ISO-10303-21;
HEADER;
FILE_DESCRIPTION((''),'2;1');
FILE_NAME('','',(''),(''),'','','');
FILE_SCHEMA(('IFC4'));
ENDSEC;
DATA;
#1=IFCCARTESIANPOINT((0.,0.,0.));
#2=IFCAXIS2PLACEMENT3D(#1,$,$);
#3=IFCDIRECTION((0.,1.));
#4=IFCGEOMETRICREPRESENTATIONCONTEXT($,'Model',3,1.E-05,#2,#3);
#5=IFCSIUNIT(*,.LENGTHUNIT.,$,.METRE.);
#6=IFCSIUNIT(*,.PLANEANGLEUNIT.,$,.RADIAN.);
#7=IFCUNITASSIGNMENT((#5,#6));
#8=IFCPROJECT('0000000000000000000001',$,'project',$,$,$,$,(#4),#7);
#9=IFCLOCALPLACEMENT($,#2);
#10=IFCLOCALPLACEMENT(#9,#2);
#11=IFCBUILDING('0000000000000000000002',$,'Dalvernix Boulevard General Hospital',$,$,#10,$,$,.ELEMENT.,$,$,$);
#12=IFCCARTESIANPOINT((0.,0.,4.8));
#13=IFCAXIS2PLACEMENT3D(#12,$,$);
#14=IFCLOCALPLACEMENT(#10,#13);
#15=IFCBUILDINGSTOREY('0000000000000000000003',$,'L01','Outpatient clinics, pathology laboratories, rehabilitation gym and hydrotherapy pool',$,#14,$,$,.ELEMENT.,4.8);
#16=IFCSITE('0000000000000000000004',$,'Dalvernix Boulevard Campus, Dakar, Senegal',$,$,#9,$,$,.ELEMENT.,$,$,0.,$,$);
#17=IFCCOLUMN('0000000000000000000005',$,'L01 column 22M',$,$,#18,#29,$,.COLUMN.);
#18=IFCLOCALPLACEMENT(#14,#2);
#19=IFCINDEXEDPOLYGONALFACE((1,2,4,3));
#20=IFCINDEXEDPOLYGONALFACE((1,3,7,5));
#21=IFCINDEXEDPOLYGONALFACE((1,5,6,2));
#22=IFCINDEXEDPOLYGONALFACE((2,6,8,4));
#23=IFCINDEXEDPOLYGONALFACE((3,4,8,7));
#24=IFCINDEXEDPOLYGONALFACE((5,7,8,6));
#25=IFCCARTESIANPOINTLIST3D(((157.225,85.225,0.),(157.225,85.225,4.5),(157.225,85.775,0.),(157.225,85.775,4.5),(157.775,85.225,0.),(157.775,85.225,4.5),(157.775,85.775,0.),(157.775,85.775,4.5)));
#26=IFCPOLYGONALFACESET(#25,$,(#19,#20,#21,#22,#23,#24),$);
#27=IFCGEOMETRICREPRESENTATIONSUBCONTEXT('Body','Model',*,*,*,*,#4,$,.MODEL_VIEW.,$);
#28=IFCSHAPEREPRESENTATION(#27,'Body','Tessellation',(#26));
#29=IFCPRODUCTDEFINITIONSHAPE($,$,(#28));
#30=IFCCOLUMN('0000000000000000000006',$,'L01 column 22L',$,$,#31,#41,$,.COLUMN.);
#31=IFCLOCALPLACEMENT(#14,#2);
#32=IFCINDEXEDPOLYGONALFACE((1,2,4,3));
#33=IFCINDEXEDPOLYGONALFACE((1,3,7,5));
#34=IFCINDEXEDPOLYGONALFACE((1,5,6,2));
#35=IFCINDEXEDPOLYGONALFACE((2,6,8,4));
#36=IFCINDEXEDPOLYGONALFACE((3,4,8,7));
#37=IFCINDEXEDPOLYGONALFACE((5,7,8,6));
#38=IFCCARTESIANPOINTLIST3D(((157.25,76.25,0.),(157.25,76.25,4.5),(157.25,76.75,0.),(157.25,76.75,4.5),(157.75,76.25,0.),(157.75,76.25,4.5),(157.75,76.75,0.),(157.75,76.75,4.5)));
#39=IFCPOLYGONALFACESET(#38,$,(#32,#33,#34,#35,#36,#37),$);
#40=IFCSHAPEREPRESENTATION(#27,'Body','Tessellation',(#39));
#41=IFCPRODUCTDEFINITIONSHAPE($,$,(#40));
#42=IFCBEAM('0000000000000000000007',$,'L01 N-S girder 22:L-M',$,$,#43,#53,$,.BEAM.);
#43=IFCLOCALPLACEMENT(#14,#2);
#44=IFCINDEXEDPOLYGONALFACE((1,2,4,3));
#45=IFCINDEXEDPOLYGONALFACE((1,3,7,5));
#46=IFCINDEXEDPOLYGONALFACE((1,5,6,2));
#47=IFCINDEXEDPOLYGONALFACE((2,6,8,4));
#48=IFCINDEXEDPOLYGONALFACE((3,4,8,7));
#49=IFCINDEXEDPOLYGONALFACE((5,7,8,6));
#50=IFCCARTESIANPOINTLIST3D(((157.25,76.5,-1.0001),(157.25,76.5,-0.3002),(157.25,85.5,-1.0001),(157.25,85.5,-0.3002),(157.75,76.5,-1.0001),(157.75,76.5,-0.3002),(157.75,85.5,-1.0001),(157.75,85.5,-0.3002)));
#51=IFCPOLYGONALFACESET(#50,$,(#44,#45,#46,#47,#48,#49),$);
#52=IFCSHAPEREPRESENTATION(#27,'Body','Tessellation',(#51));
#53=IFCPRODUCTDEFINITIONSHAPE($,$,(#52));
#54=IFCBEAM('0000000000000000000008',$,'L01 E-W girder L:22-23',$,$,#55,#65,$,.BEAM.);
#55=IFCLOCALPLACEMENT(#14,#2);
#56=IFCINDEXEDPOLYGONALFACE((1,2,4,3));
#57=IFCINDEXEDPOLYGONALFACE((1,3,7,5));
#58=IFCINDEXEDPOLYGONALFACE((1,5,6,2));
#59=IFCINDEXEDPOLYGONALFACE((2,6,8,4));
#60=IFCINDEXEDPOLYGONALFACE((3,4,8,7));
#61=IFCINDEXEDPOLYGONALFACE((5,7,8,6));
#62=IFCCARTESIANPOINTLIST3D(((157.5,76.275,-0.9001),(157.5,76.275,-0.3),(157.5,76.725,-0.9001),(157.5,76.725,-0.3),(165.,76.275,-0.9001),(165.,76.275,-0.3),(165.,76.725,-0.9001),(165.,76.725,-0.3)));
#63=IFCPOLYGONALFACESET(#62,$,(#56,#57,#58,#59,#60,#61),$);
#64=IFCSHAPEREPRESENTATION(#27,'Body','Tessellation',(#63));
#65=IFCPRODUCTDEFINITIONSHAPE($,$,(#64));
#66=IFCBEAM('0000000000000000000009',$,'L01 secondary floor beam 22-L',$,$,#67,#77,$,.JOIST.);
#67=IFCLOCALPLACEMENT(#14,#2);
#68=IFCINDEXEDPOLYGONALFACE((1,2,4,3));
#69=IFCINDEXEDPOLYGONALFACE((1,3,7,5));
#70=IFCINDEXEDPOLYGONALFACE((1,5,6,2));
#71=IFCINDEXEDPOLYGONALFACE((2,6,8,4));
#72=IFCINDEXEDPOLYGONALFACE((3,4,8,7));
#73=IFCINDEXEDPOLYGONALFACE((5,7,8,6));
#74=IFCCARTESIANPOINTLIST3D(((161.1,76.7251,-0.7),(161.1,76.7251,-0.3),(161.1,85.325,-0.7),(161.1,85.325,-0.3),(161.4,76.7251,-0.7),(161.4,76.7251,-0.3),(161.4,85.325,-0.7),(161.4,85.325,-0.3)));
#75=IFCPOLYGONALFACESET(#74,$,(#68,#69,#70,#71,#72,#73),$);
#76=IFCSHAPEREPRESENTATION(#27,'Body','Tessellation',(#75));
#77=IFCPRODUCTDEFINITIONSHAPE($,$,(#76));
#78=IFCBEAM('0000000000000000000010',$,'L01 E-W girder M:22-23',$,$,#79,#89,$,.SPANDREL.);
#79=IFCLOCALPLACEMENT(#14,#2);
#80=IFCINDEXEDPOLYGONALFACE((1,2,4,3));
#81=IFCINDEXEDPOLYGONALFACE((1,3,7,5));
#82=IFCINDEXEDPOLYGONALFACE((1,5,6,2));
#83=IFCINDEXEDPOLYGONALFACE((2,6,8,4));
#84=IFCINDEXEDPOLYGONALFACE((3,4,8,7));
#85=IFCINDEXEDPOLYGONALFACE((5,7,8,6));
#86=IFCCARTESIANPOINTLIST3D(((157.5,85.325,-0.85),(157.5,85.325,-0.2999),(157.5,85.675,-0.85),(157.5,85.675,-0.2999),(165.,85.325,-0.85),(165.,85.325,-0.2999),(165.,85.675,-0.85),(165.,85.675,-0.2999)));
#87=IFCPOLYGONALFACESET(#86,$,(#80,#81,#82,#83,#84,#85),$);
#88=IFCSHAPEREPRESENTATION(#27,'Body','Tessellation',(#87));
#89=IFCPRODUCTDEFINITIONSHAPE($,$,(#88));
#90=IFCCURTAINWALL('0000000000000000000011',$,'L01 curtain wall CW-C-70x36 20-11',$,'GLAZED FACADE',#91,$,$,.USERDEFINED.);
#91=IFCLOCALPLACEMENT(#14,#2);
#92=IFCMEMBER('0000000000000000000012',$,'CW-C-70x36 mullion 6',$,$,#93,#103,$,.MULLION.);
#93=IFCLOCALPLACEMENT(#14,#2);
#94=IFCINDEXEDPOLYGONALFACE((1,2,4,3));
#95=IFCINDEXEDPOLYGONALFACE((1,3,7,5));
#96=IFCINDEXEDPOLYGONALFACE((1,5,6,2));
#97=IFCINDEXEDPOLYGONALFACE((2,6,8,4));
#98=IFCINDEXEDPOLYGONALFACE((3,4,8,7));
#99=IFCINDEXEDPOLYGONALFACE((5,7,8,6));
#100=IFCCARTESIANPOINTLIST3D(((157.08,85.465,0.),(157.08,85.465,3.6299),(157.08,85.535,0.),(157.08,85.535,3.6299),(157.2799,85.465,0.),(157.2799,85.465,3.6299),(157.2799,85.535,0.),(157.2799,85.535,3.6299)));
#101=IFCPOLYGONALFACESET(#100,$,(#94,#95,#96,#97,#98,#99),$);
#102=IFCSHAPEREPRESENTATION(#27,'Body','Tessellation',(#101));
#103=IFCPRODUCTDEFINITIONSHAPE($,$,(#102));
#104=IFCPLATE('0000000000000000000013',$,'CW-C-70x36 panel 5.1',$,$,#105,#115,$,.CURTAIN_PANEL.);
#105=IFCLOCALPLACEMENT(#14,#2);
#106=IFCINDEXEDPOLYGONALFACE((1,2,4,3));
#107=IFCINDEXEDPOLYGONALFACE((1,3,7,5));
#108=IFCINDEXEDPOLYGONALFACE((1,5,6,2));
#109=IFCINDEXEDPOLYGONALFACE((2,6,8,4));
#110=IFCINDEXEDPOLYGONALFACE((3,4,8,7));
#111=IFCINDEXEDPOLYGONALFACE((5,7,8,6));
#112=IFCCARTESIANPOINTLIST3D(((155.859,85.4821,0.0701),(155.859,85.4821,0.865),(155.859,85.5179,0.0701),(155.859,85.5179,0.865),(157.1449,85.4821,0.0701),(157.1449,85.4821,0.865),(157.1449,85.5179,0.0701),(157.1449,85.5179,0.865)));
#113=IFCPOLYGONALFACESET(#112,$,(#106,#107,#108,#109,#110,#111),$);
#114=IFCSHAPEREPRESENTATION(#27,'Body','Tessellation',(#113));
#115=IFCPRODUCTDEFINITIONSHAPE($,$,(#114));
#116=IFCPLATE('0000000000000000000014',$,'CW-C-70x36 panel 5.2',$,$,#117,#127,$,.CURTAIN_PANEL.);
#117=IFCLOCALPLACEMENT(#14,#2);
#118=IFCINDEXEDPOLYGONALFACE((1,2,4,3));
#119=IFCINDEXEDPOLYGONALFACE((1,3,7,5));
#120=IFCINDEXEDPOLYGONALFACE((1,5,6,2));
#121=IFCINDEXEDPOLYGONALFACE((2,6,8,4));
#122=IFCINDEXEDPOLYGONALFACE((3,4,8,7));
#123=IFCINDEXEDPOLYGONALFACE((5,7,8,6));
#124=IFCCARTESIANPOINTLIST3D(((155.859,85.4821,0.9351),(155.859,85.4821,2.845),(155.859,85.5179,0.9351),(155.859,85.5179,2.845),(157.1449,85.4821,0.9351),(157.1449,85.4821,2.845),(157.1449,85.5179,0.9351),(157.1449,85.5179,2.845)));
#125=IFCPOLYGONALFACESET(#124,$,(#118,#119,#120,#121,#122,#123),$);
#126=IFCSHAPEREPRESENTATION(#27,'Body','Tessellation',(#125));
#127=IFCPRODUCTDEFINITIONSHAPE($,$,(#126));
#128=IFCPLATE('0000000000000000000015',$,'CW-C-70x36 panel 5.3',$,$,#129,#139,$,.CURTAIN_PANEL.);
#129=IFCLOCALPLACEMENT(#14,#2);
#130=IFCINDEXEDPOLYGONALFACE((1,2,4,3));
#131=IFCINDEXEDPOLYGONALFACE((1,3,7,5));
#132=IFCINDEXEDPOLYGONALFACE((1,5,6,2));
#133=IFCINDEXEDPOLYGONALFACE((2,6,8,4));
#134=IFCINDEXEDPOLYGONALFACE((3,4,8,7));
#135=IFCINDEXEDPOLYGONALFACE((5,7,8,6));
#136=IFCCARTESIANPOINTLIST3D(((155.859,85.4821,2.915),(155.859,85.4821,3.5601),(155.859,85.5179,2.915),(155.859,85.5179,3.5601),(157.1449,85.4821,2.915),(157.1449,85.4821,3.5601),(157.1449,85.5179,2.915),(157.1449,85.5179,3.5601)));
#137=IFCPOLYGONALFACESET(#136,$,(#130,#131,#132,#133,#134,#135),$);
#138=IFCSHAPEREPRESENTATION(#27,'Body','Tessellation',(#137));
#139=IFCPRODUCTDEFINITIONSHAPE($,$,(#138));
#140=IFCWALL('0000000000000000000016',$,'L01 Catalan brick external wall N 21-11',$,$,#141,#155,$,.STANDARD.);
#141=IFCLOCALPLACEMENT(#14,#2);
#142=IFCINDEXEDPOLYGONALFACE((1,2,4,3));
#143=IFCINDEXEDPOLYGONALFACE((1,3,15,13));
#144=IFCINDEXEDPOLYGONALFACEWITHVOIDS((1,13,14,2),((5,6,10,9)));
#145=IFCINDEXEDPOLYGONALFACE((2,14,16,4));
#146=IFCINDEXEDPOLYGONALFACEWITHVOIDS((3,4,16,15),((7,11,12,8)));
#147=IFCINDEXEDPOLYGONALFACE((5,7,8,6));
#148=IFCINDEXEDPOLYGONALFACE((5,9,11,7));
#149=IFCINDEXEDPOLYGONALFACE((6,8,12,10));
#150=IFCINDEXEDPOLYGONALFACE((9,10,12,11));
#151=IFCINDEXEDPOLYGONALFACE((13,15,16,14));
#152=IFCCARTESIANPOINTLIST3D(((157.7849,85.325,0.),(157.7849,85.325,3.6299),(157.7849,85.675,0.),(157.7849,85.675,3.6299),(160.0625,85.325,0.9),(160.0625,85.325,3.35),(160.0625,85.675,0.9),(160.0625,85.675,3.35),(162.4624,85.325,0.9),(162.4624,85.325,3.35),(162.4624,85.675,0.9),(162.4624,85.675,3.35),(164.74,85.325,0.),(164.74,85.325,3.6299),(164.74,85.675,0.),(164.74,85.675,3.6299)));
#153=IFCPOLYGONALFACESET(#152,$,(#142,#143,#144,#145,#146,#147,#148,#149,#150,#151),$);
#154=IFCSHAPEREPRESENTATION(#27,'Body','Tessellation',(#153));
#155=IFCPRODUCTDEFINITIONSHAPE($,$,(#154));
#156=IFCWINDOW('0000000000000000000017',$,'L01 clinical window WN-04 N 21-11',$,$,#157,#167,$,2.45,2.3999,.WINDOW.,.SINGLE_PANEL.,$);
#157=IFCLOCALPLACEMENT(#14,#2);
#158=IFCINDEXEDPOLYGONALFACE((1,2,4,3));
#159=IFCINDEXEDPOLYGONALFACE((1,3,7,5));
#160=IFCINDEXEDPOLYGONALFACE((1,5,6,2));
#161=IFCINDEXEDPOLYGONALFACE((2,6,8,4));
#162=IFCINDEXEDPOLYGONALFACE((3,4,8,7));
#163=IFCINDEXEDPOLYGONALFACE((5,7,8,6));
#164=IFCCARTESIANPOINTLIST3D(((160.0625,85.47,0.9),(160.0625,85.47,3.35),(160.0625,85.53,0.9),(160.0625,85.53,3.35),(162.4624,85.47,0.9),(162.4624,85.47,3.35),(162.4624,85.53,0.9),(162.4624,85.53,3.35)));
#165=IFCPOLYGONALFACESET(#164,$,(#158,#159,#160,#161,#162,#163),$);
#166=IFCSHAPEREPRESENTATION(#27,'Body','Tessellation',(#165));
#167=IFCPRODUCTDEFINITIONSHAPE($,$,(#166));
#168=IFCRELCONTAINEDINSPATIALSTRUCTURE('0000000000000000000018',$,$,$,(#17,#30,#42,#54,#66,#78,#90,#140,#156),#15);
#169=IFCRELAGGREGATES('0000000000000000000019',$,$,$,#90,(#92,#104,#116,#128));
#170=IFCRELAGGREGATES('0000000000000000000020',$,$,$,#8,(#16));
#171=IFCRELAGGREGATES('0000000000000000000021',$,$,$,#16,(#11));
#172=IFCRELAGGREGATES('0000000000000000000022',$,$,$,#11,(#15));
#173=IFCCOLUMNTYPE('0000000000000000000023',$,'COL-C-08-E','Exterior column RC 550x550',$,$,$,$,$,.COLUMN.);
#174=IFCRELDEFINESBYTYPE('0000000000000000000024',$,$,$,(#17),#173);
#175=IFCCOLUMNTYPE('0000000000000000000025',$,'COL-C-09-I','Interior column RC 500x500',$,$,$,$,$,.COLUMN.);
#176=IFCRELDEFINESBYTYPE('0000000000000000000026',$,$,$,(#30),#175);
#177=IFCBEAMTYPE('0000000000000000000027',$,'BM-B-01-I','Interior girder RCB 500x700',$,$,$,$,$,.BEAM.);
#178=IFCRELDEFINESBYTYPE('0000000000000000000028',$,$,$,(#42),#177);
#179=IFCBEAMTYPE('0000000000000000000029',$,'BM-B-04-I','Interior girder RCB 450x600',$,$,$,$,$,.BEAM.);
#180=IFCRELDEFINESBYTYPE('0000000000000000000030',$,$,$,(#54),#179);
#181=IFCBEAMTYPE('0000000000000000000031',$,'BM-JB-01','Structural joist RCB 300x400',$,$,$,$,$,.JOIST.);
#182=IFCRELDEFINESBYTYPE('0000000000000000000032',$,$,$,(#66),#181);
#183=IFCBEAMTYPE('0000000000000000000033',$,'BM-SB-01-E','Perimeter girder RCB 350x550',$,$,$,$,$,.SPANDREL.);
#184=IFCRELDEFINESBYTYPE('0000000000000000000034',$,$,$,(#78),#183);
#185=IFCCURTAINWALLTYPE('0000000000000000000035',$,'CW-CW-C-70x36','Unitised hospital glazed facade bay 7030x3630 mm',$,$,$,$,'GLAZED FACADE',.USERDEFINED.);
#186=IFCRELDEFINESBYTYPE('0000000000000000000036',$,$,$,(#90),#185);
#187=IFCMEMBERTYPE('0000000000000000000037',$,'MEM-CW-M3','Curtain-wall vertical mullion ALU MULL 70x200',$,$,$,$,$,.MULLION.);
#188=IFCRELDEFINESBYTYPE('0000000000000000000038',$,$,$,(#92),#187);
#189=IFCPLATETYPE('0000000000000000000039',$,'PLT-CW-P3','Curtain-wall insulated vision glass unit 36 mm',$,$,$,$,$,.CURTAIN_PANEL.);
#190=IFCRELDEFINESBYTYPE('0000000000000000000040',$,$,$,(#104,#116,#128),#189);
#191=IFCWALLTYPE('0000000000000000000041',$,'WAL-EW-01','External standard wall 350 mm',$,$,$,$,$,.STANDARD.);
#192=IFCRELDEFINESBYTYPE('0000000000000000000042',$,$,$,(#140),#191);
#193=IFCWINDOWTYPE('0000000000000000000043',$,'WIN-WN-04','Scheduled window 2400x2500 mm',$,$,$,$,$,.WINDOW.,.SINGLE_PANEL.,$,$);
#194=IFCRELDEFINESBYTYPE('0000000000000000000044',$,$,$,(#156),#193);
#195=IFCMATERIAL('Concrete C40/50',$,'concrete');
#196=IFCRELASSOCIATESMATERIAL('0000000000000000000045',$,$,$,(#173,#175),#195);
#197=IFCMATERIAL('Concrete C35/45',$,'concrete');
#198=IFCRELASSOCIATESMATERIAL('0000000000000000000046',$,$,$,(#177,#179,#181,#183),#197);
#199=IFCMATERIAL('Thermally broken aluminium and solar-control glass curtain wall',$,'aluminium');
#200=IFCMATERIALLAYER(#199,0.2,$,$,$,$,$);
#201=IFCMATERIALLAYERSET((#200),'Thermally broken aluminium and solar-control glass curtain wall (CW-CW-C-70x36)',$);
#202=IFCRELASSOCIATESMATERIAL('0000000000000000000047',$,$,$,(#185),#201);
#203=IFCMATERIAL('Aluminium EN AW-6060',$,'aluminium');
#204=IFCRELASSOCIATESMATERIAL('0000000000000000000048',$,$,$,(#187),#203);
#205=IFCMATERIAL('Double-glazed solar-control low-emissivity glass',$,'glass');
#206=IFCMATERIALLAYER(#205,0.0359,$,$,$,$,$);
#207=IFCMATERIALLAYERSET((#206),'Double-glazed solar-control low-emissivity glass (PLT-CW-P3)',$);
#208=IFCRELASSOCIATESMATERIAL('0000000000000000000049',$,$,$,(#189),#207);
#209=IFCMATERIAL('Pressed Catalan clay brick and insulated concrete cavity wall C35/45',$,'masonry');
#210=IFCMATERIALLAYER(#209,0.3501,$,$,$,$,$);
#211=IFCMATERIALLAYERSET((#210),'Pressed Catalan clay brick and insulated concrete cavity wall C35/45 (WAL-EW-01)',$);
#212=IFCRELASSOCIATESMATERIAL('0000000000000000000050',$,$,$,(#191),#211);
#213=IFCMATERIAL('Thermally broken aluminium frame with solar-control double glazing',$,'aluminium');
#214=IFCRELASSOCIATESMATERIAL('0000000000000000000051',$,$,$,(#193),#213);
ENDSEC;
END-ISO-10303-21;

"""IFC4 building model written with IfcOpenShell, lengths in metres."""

from ifc_helpers import new_model, si_unit, direction, frame, frame_2d, origin, origin_2d, place, context, subcontext, project, spatial, rectangle, extrude, material, layer, layer_set, material_profile, profile_set, type_object, element, fill, aggregate, save


model = new_model("IFC4")

# Units and contexts
model_context = context("Model", 3, precision=1e-05, world=origin(), true_north=direction((0.0, 1.0)))
body_context = subcontext(model_context, "Body", "Model", "MODEL_VIEW")
ifc_project = project(units=[si_unit("LENGTHUNIT", "METRE"), si_unit("PLANEANGLEUNIT", "RADIAN")], contexts=[model_context])

# Site, building, storey
site_placement = place(None, origin())
site = spatial("IfcSite", under=ifc_project, at=site_placement, Name="Dalvernix Boulevard Campus, Dakar, Senegal", CompositionType="ELEMENT", RefElevation=0.0)
building_placement = place(site_placement, origin())
building = spatial("IfcBuilding", under=site, at=building_placement, Name="Dalvernix Boulevard General Hospital", CompositionType="ELEMENT")
storey_placement = place(building_placement, frame((0.0, 0.0, 4.8)))
storey = spatial("IfcBuildingStorey", under=building, at=storey_placement, Name="L01", Description="Outpatient clinics, pathology laboratories, rehabilitation gym and hydrotherapy pool", CompositionType="ELEMENT", Elevation=4.8)

# Columns
ifc_material_1 = material(Name="Concrete C40/50", Category="concrete")
ifc_material_profile_1 = material_profile(ifc_material_1, rectangle(XDim=0.55, YDim=0.55, at=origin_2d()), Name="RC 550x550")
ifc_profile_set_1 = profile_set([ifc_material_profile_1], Name="Concrete C40/50")
column_type_1 = type_object("IfcColumnType", Name="COL-C-08-E", Description="Exterior column RC 550x550", PredefinedType="COLUMN", material=ifc_profile_set_1)
column_1_placement = place(storey_placement, frame((157.5, 85.5, 0.0), z_axis=(0.0, 0.0, 1.0), x_axis=(1.0, 0.0, 0.0)))
element("IfcColumn", 1, at=column_1_placement, inside=storey, type_object=column_type_1, Name="L01 column 22M", PredefinedType="COLUMN", context=body_context, shape_type="SweptSolid", body=[
    extrude(rectangle(XDim=0.55, YDim=0.55, at=origin_2d()), origin(), (0.0, 0.0, 1.0), 4.5),
])
ifc_material_profile_2 = material_profile(ifc_material_1, rectangle(XDim=0.5, YDim=0.5, at=origin_2d()), Name="RC 500x500")
ifc_profile_set_2 = profile_set([ifc_material_profile_2], Name="Concrete C40/50")
column_type_2 = type_object("IfcColumnType", Name="COL-C-09-I", Description="Interior column RC 500x500", PredefinedType="COLUMN", material=ifc_profile_set_2)
column_2_placement = place(storey_placement, frame((157.5, 76.5, 0.0), z_axis=(0.0, 0.0, 1.0), x_axis=(1.0, 0.0, 0.0)))
element("IfcColumn", 2, at=column_2_placement, inside=storey, type_object=column_type_2, Name="L01 column 22L", PredefinedType="COLUMN", context=body_context, shape_type="SweptSolid", body=[
    extrude(rectangle(XDim=0.5, YDim=0.5, at=origin_2d()), origin(), (0.0, 0.0, 1.0), 4.5),
])

# Beams
ifc_material_2 = material(Name="Concrete C35/45", Category="concrete")
ifc_material_profile_3 = material_profile(ifc_material_2, rectangle(XDim=0.5, YDim=0.7, at=origin_2d()), Name="RCB 500x700")
ifc_profile_set_3 = profile_set([ifc_material_profile_3], Name="Concrete C35/45")
beam_type_1 = type_object("IfcBeamType", Name="BM-B-01-I", Description="Interior girder RCB 500x700", PredefinedType="BEAM", material=ifc_profile_set_3)
beam_1_placement = place(storey_placement, frame((157.5, 76.5, -0.6501), z_axis=(0.0, 1.0, 0.0), x_axis=(-1.0, 0.0, 0.0)))
element("IfcBeam", 3, at=beam_1_placement, inside=storey, type_object=beam_type_1, Name="L01 N-S girder 22:L-M", PredefinedType="BEAM", context=body_context, shape_type="SweptSolid", body=[
    extrude(rectangle(XDim=0.5, YDim=0.7, at=origin_2d()), origin(), (0.0, 0.0, 1.0), 9.0),
])
ifc_material_profile_4 = material_profile(ifc_material_2, rectangle(XDim=0.45, YDim=0.6001, at=origin_2d()), Name="RCB 450x600")
ifc_profile_set_4 = profile_set([ifc_material_profile_4], Name="Concrete C35/45")
beam_type_2 = type_object("IfcBeamType", Name="BM-B-04-I", Description="Interior girder RCB 450x600", PredefinedType="BEAM", material=ifc_profile_set_4)
beam_2_placement = place(storey_placement, frame((157.5, 76.5, -0.6001), z_axis=(1.0, 0.0, 0.0), x_axis=(0.0, 1.0, 0.0)))
element("IfcBeam", 4, at=beam_2_placement, inside=storey, type_object=beam_type_2, Name="L01 E-W girder L:22-23", PredefinedType="BEAM", context=body_context, shape_type="SweptSolid", body=[
    extrude(rectangle(XDim=0.45, YDim=0.6001, at=origin_2d()), origin(), (0.0, 0.0, 1.0), 7.5),
])
ifc_material_profile_5 = material_profile(ifc_material_2, rectangle(XDim=0.3, YDim=0.3999, at=origin_2d()), Name="RCB 300x400")
ifc_profile_set_5 = profile_set([ifc_material_profile_5], Name="Concrete C35/45")
beam_type_3 = type_object("IfcBeamType", Name="BM-JB-01", Description="Structural joist RCB 300x400", PredefinedType="JOIST", material=ifc_profile_set_5)
beam_3_placement = place(storey_placement, frame((161.25, 76.7251, -0.5), z_axis=(0.0, 1.0, 0.0), x_axis=(-1.0, 0.0, 0.0)))
element("IfcBeam", 5, at=beam_3_placement, inside=storey, type_object=beam_type_3, Name="L01 secondary floor beam 22-L", PredefinedType="JOIST", context=body_context, shape_type="SweptSolid", body=[
    extrude(rectangle(XDim=0.3, YDim=0.3999, at=origin_2d()), origin(), (0.0, 0.0, 1.0), 8.5999),
])
ifc_material_profile_6 = material_profile(ifc_material_2, rectangle(XDim=0.3501, YDim=0.55, at=origin_2d()), Name="RCB 350x550")
ifc_profile_set_6 = profile_set([ifc_material_profile_6], Name="Concrete C35/45")
beam_type_4 = type_object("IfcBeamType", Name="BM-SB-01-E", Description="Perimeter girder RCB 350x550", PredefinedType="SPANDREL", material=ifc_profile_set_6)
beam_4_placement = place(storey_placement, frame((157.5, 85.5, -0.575), z_axis=(1.0, 0.0, 0.0), x_axis=(0.0, 1.0, 0.0)))
element("IfcBeam", 6, at=beam_4_placement, inside=storey, type_object=beam_type_4, Name="L01 E-W girder M:22-23", PredefinedType="SPANDREL", context=body_context, shape_type="SweptSolid", body=[
    extrude(rectangle(XDim=0.3501, YDim=0.55, at=origin_2d()), origin(), (0.0, 0.0, 1.0), 7.5),
])

# Curtain wall, member, plates
ifc_material_3 = material(Name="Thermally broken aluminium and solar-control glass curtain wall", Category="aluminium")
ifc_layer_1 = layer(ifc_material_3, 0.2)
ifc_layer_set_1 = layer_set([ifc_layer_1], Name="Thermally broken aluminium and solar-control glass curtain wall (CW-CW-C-70x36)")
curtain_wall_type = type_object("IfcCurtainWallType", Name="CW-CW-C-70x36", Description="Unitised hospital glazed facade bay 7030x3630 mm", ElementType="GLAZED FACADE", PredefinedType="USERDEFINED", material=ifc_layer_set_1)
curtain_wall_placement = place(storey_placement, origin())
curtain_wall = element("IfcCurtainWall", 7, at=curtain_wall_placement, inside=storey, type_object=curtain_wall_type, Name="L01 curtain wall CW-C-70x36 20-11", ObjectType="GLAZED FACADE", PredefinedType="USERDEFINED")
ifc_material_4 = material(Name="Aluminium EN AW-6060", Category="aluminium")
ifc_material_profile_7 = material_profile(ifc_material_4, rectangle(XDim=0.0701, YDim=0.2, at=origin_2d()), Name="ALU MULL 70x200")
ifc_profile_set_7 = profile_set([ifc_material_profile_7], Name="Aluminium EN AW-6060")
member_type = type_object("IfcMemberType", Name="MEM-CW-M3", Description="Curtain-wall vertical mullion ALU MULL 70x200", PredefinedType="MULLION", material=ifc_profile_set_7)
member_placement = place(storey_placement, frame((157.1799, 85.5, 0.0), z_axis=(0.0, 0.0, 1.0), x_axis=(0.0, 1.0, 0.0)))
member = element("IfcMember", 8, at=member_placement, type_object=member_type, Name="CW-C-70x36 mullion 6", PredefinedType="MULLION", context=body_context, shape_type="SweptSolid", body=[
    extrude(rectangle(XDim=0.0701, YDim=0.2, at=origin_2d()), origin(), (0.0, 0.0, 1.0), 3.6299),
])
ifc_material_5 = material(Name="Double-glazed solar-control low-emissivity glass", Category="glass")
ifc_layer_2 = layer(ifc_material_5, 0.0359)
ifc_layer_set_2 = layer_set([ifc_layer_2], Name="Double-glazed solar-control low-emissivity glass (PLT-CW-P3)")
plate_type = type_object("IfcPlateType", Name="PLT-CW-P3", Description="Curtain-wall insulated vision glass unit 36 mm", PredefinedType="CURTAIN_PANEL", material=ifc_layer_set_2)
plate_1_placement = place(storey_placement, frame((156.502, 85.5, 0.0701), z_axis=(0.0, 0.0, 1.0), x_axis=(1.0, 0.0, 0.0)))
plate_1 = element("IfcPlate", 9, at=plate_1_placement, type_object=plate_type, Name="CW-C-70x36 panel 5.1", PredefinedType="CURTAIN_PANEL", context=body_context, shape_type="SweptSolid", body=[
    extrude(rectangle(XDim=1.2859, YDim=0.0359, at=origin_2d()), origin(), (0.0, 0.0, 1.0), 0.7949),
])
plate_2_placement = place(storey_placement, frame((156.502, 85.5, 0.9351), z_axis=(0.0, 0.0, 1.0), x_axis=(1.0, 0.0, 0.0)))
plate_2 = element("IfcPlate", 10, at=plate_2_placement, type_object=plate_type, Name="CW-C-70x36 panel 5.2", PredefinedType="CURTAIN_PANEL", context=body_context, shape_type="SweptSolid", body=[
    extrude(rectangle(XDim=1.2859, YDim=0.0359, at=origin_2d()), origin(), (0.0, 0.0, 1.0), 1.9099),
])
plate_3_placement = place(storey_placement, frame((156.502, 85.5, 2.915), z_axis=(0.0, 0.0, 1.0), x_axis=(1.0, 0.0, 0.0)))
plate_3 = element("IfcPlate", 11, at=plate_3_placement, type_object=plate_type, Name="CW-C-70x36 panel 5.3", PredefinedType="CURTAIN_PANEL", context=body_context, shape_type="SweptSolid", body=[
    extrude(rectangle(XDim=1.2859, YDim=0.0359, at=origin_2d()), origin(), (0.0, 0.0, 1.0), 0.645),
])
aggregate(curtain_wall, [member, plate_1, plate_2, plate_3])

# Wall, opening, window
ifc_material_6 = material(Name="Pressed Catalan clay brick and insulated concrete cavity wall C35/45", Category="masonry")
ifc_layer_3 = layer(ifc_material_6, 0.3501)
ifc_layer_set_3 = layer_set([ifc_layer_3], Name="Pressed Catalan clay brick and insulated concrete cavity wall C35/45 (WAL-EW-01)")
wall_type_1 = type_object("IfcWallType", Name="WAL-EW-01", Description="External standard wall 350 mm", PredefinedType="STANDARD", material=ifc_layer_set_3)
wall_1_placement = place(storey_placement, frame((157.7849, 85.5, 0.0), z_axis=(0.0, 0.0, 1.0), x_axis=(1.0, 0.0, 0.0)))
wall_1 = element("IfcWall", 12, at=wall_1_placement, inside=storey, type_object=wall_type_1, Name="L01 Catalan brick external wall N 21-11", PredefinedType="STANDARD", context=body_context, shape_type="SweptSolid", body=[
    extrude(rectangle(XDim=6.9551, YDim=0.3501, at=frame_2d((3.4775, 0.0))), origin(), (0.0, 0.0, 1.0), 3.6299),
])
opening_1_placement = place(wall_1_placement, frame((2.2776, 0.0, 0.8999)))
opening_1 = element("IfcOpeningElement", 13, at=opening_1_placement, cuts=wall_1, PredefinedType="OPENING", context=body_context, shape_type="SweptSolid", body=[
    extrude(rectangle(XDim=2.3999, YDim=2.45, at=frame_2d((1.2, 1.2251))), frame((0.0, 0.1851, 0.0), z_axis=(0.0, -1.0, 0.0), x_axis=(1.0, 0.0, 0.0)), (0.0, 0.0, 1.0), 0.3701),
])
ifc_material_7 = material(Name="Thermally broken aluminium frame with solar-control double glazing", Category="aluminium")
window_type = type_object("IfcWindowType", Name="WIN-WN-04", Description="Scheduled window 2400x2500 mm", PartitioningType="SINGLE_PANEL", PredefinedType="WINDOW", material=ifc_material_7)
window_placement = place(opening_1_placement, origin())
window = element("IfcWindow", 14, at=window_placement, inside=storey, type_object=window_type, Name="L01 clinical window WN-04 N 21-11", OverallHeight=2.45, OverallWidth=2.3999, PartitioningType="SINGLE_PANEL", PredefinedType="WINDOW", context=body_context, shape_type="SweptSolid", body=[
    extrude(rectangle(XDim=2.3999, YDim=2.45, at=frame_2d((1.2, 1.2251))), frame((0.0, 0.03, 0.0), z_axis=(0.0, -1.0, 0.0), x_axis=(1.0, 0.0, 0.0)), (0.0, 0.0, 1.0), 0.0601),
])
fill(opening_1, window)

save(model, "model.ifc")
